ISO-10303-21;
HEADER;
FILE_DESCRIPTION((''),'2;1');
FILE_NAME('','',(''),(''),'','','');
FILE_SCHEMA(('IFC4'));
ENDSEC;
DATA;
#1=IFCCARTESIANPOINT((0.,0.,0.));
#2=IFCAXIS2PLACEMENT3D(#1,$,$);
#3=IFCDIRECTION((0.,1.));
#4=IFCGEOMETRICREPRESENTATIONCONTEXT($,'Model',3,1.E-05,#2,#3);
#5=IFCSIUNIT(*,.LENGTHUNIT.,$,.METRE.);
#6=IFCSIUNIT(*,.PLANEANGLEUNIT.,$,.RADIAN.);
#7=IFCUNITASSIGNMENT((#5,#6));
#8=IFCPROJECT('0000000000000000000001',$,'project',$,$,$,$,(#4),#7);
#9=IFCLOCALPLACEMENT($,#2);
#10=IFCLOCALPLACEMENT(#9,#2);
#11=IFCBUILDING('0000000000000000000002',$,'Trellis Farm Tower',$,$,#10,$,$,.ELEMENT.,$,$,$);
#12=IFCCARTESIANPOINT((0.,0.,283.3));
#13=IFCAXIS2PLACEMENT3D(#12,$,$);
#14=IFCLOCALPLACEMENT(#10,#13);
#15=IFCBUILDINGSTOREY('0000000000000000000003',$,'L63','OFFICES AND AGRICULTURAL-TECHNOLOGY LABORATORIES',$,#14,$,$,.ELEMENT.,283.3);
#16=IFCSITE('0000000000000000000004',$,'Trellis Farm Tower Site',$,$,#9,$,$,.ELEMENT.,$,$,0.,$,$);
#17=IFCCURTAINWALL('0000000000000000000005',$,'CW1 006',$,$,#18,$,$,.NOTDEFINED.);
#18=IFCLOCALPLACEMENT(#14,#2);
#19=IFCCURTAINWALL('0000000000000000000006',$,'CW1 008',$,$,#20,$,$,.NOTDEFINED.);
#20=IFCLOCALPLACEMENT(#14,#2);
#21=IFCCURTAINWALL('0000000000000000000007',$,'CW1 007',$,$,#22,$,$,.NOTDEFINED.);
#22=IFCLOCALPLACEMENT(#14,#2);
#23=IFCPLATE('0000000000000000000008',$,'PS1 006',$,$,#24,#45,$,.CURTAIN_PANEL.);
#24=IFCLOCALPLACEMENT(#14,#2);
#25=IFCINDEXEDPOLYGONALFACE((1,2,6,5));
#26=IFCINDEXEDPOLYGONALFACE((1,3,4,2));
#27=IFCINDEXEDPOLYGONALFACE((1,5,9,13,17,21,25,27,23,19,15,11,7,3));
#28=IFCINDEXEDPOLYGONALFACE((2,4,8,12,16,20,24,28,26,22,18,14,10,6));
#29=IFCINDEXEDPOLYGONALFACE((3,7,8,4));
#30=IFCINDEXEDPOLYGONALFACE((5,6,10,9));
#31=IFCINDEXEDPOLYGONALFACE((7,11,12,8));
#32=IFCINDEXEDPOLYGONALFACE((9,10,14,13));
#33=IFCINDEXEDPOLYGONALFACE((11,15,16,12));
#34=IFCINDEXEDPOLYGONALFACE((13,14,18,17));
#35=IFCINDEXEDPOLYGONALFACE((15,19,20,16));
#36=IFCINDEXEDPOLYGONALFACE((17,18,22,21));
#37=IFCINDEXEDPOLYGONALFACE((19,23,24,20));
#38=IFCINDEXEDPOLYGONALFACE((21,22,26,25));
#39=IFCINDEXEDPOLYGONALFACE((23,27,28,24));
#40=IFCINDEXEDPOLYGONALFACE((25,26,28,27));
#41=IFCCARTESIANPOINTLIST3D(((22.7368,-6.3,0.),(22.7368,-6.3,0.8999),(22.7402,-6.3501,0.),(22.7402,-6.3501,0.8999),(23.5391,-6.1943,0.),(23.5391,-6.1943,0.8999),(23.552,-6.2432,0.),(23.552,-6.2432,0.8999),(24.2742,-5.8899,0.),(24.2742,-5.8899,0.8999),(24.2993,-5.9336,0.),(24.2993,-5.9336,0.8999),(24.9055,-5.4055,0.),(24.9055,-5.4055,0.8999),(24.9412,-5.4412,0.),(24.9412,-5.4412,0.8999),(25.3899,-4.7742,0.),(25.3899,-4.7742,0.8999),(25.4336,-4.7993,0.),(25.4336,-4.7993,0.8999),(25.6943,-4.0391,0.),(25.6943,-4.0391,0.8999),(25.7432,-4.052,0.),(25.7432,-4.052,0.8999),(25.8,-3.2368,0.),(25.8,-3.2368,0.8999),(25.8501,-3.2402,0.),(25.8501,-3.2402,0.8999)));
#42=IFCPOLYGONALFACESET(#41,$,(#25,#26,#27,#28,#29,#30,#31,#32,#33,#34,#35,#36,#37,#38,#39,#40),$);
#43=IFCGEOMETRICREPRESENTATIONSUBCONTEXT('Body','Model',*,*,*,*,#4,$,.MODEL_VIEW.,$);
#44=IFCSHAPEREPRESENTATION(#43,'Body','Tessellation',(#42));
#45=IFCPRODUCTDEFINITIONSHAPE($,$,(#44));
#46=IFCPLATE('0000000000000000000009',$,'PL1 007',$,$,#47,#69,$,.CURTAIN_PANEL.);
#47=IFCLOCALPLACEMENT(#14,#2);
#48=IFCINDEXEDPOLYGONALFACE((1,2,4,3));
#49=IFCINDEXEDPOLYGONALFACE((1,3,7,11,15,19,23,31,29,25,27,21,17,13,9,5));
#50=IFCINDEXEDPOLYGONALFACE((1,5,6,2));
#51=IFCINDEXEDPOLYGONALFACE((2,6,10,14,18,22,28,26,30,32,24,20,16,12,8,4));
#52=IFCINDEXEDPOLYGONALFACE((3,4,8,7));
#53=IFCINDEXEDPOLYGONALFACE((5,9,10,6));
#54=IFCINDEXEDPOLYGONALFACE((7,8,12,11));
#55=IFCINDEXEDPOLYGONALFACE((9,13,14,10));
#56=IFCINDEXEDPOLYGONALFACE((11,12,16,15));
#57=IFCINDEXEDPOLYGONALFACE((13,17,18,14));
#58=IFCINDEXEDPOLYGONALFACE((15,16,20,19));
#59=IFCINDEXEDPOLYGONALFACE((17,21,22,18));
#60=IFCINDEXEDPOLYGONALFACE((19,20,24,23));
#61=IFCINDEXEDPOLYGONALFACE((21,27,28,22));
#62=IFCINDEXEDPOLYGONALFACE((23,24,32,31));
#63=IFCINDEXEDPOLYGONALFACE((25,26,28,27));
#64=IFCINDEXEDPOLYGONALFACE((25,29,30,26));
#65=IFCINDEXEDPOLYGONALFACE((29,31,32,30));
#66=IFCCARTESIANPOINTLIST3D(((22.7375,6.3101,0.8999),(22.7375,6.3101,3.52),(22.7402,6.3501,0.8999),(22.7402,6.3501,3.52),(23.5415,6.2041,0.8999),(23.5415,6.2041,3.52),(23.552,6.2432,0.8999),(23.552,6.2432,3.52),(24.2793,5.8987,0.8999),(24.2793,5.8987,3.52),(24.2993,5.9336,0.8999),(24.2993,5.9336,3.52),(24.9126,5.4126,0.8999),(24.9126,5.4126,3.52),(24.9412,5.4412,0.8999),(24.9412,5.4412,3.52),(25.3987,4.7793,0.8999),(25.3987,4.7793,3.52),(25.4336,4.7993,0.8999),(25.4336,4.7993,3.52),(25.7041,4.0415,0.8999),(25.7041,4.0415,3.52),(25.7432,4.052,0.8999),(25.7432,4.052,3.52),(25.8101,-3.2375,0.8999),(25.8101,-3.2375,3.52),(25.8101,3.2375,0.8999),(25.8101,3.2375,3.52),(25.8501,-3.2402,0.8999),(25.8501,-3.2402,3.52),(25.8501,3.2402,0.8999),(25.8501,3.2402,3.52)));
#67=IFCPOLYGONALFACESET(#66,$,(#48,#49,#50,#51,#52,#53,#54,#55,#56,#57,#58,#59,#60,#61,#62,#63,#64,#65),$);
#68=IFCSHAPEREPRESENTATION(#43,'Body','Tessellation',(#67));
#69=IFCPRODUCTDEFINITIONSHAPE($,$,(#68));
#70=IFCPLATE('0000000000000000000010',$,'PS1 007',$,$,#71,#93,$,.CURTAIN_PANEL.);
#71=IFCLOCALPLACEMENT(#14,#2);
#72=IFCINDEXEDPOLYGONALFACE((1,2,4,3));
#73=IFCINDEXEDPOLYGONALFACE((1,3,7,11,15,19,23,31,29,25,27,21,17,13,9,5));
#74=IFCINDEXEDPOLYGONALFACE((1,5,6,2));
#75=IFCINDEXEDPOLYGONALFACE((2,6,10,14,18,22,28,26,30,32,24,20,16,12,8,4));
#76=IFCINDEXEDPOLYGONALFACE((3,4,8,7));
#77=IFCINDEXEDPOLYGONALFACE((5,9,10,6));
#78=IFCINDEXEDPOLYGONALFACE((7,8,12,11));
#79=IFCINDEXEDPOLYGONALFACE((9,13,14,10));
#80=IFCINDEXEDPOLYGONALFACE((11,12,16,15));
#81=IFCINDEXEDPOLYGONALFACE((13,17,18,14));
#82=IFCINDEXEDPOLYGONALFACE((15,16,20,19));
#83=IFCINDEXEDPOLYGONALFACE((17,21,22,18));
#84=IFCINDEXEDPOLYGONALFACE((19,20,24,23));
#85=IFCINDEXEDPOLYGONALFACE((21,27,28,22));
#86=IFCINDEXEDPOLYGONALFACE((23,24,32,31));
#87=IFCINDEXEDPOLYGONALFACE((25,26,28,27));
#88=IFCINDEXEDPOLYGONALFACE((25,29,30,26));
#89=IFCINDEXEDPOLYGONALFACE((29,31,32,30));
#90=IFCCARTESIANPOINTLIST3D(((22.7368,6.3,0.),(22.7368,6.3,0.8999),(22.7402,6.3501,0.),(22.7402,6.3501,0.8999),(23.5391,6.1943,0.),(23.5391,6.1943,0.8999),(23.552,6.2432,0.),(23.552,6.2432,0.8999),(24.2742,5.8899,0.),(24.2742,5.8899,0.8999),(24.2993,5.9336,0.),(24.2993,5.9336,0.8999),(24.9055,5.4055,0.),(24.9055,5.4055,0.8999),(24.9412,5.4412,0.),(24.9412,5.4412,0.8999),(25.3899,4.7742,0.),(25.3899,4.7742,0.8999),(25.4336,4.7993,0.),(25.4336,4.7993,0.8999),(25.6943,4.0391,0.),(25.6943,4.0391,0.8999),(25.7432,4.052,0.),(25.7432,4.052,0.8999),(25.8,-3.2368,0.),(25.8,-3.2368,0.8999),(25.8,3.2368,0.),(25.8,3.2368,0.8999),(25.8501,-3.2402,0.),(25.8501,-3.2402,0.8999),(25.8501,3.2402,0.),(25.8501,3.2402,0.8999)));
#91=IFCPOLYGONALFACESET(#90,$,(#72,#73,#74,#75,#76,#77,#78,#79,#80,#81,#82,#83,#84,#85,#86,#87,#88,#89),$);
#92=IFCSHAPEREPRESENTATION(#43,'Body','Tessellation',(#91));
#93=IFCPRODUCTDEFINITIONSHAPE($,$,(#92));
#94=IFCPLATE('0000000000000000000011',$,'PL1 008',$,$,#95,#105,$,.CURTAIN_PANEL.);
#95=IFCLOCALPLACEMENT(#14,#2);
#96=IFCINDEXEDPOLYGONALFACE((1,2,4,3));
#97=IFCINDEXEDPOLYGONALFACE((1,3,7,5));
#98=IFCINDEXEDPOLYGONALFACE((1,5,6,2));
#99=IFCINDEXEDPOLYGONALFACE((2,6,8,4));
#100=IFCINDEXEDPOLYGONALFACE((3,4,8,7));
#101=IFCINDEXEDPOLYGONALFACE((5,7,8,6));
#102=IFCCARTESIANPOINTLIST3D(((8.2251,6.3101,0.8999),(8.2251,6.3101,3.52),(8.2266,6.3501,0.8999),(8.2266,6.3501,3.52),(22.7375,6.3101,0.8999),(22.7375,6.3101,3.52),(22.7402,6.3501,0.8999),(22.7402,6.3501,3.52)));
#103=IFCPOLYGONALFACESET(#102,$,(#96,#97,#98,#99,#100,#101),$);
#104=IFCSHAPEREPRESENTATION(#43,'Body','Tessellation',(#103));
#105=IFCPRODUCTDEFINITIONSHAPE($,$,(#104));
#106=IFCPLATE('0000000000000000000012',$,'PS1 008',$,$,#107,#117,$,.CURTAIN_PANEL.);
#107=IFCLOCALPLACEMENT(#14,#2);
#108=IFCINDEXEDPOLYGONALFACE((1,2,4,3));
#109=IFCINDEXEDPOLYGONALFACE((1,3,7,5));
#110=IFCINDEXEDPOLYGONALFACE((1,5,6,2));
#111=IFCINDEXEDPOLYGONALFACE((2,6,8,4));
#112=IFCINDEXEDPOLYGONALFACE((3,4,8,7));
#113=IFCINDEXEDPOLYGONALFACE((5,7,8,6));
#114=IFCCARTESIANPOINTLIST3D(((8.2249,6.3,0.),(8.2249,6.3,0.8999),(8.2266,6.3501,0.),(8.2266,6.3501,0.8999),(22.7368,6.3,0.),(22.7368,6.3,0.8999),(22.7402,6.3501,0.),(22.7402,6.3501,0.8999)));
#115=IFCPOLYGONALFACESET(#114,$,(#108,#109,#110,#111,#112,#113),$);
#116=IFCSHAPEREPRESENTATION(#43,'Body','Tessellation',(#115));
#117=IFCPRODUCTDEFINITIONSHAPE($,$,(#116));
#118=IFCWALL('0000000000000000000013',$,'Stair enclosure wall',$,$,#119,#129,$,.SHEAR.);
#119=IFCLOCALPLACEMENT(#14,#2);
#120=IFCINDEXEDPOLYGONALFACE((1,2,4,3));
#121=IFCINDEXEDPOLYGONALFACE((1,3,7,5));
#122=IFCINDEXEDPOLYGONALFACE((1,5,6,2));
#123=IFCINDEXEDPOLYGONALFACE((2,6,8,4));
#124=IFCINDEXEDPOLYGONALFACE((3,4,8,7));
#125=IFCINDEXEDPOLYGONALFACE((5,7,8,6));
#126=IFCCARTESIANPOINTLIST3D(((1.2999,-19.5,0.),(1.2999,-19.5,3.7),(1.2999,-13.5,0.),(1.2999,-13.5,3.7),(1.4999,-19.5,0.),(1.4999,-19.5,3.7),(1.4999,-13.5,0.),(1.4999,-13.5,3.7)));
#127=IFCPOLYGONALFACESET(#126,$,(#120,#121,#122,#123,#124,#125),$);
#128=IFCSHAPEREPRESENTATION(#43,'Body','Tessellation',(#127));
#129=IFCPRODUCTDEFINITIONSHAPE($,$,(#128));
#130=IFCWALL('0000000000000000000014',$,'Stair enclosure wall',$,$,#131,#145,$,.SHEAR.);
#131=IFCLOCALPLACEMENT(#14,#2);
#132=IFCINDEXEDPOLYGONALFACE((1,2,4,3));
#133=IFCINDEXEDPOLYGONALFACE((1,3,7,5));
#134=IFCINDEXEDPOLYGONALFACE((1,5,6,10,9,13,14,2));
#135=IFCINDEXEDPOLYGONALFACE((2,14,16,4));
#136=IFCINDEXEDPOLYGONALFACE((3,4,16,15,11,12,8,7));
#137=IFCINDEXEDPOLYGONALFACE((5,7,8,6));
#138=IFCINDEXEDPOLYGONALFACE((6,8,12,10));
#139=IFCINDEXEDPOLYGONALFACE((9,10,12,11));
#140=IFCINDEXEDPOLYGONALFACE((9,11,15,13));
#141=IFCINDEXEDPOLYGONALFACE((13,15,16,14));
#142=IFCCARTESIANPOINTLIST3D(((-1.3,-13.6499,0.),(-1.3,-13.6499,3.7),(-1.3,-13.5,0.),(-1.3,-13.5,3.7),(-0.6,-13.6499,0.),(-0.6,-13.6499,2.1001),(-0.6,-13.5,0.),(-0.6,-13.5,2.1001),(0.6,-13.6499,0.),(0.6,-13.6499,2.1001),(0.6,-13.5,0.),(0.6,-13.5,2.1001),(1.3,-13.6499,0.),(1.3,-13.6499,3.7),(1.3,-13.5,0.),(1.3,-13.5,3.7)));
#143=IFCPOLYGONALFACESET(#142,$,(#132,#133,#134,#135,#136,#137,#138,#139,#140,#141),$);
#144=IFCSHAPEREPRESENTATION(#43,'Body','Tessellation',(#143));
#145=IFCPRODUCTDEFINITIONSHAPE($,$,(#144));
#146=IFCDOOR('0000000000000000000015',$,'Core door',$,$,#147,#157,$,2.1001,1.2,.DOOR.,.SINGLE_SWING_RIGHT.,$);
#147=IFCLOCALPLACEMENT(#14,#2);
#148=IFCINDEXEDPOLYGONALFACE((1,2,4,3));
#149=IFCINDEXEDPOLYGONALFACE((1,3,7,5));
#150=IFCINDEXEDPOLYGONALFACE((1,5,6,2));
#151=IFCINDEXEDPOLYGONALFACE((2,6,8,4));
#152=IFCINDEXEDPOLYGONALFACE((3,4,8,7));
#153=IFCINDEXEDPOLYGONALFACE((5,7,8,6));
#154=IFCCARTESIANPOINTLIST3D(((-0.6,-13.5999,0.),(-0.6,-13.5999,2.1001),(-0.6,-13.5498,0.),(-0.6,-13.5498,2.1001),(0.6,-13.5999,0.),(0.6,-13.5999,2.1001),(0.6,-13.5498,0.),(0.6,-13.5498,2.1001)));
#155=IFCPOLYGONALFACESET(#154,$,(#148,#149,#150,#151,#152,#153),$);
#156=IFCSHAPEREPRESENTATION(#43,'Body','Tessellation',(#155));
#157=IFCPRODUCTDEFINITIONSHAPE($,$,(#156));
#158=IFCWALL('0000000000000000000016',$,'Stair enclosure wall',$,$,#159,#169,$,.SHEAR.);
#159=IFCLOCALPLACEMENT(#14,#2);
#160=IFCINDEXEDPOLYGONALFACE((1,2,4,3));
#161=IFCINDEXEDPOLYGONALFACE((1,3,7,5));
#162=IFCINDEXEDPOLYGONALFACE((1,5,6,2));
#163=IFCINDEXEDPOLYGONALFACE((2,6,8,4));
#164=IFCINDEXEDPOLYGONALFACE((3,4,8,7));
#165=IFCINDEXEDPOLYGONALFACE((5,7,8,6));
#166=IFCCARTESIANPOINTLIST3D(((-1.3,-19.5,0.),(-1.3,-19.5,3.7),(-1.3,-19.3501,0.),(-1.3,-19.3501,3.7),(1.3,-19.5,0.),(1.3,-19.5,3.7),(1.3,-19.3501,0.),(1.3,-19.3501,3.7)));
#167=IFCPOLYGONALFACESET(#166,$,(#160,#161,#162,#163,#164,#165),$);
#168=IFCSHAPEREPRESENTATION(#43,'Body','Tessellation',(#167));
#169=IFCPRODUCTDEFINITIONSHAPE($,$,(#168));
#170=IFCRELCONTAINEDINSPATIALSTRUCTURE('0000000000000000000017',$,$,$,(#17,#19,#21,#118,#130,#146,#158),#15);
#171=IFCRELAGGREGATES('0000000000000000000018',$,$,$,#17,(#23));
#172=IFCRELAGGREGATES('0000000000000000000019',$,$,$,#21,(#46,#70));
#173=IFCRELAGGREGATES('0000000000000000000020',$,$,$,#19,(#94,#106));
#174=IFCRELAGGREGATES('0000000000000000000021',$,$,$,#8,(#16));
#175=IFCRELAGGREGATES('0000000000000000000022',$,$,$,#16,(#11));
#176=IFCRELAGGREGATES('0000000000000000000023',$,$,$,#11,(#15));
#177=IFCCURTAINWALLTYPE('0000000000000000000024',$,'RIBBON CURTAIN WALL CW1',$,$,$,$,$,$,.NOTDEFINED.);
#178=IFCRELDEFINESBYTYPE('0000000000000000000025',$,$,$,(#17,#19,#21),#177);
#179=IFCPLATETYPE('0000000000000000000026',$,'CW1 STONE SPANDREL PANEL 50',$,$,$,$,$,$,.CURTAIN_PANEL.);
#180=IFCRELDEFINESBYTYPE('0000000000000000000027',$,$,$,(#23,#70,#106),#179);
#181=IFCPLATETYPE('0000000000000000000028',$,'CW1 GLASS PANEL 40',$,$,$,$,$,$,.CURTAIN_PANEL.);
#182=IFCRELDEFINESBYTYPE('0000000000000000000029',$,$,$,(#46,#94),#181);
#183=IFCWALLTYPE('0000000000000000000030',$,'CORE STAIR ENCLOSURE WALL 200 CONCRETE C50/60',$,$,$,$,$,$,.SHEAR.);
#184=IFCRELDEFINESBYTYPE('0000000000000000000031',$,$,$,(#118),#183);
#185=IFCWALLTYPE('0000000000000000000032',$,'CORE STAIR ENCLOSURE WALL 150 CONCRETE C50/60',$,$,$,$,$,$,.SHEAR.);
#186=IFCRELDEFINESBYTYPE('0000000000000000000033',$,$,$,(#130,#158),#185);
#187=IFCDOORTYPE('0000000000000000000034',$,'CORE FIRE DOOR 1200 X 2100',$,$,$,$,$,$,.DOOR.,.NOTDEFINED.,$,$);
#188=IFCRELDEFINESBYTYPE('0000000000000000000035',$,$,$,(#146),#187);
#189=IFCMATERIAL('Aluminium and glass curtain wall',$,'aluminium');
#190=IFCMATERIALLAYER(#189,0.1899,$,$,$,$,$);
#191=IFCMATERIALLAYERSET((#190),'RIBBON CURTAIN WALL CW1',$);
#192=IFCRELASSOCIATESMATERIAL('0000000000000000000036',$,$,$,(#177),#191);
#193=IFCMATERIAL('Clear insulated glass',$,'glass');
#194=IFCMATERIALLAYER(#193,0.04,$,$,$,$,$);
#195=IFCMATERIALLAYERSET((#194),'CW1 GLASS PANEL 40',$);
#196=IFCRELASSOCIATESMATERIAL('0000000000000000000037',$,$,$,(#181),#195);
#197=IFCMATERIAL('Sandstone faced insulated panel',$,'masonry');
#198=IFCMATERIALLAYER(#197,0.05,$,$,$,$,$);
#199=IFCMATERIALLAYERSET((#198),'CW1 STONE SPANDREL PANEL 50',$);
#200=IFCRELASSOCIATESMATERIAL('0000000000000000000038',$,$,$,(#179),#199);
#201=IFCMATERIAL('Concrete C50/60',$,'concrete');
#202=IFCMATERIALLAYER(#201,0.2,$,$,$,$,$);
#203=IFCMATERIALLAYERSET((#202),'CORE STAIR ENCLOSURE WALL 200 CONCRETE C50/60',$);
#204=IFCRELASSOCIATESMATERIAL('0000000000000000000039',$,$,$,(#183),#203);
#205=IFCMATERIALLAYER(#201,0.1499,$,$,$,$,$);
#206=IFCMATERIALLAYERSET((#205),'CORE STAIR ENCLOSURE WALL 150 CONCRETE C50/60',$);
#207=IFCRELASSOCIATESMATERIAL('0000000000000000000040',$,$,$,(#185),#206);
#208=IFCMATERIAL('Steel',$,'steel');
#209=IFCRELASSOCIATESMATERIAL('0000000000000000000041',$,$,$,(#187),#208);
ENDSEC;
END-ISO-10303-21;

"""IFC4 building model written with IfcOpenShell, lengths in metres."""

from ifc_helpers import new_model, si_unit, direction, frame, frame_2d, origin, place, context, subcontext, project, spatial, polyline, rectangle, outline, extrude, source, transform, mapped, material, layer, layer_set, type_object, element, fill, aggregate, save


model = new_model("IFC4")

# Units and contexts
model_context = context("Model", 3, precision=1e-05, world=origin(), true_north=direction((0.0, 1.0)))
body_context = subcontext(model_context, "Body", "Model", "MODEL_VIEW")
ifc_project = project(units=[si_unit("LENGTHUNIT", "METRE"), si_unit("PLANEANGLEUNIT", "RADIAN")], contexts=[model_context])

# Site, building, storey
site_placement = place(None, origin())
site = spatial("IfcSite", under=ifc_project, at=site_placement, Name="Trellis Farm Tower Site", CompositionType="ELEMENT", RefElevation=0.0)
building_placement = place(site_placement, origin())
building = spatial("IfcBuilding", under=site, at=building_placement, Name="Trellis Farm Tower", CompositionType="ELEMENT")
storey_placement = place(building_placement, frame((0.0, 0.0, 283.3)))
storey = spatial("IfcBuildingStorey", under=building, at=storey_placement, Name="L63", Description="OFFICES AND AGRICULTURAL-TECHNOLOGY LABORATORIES", CompositionType="ELEMENT", Elevation=283.3)

# Curtain walls
ifc_material_1 = material(Name="Aluminium and glass curtain wall", Category="aluminium")
placement_1 = place(storey_placement, origin())
ifc_layer_1 = layer(ifc_material_1, 0.1899)
ifc_layer_set_1 = layer_set([ifc_layer_1], Name="RIBBON CURTAIN WALL CW1")
curtain_wall_type_1 = type_object("IfcCurtainWallType", Name="RIBBON CURTAIN WALL CW1", PredefinedType="NOTDEFINED", material=ifc_layer_set_1)
curtain_wall_1 = element("IfcCurtainWall", 1, at=placement_1, inside=storey, type_object=curtain_wall_type_1, Name="CW1 006", PredefinedType="NOTDEFINED")
curtain_wall_2 = element("IfcCurtainWall", 2, at=placement_1, inside=storey, type_object=curtain_wall_type_1, Name="CW1 008", PredefinedType="NOTDEFINED")
curtain_wall_3 = element("IfcCurtainWall", 3, at=placement_1, inside=storey, type_object=curtain_wall_type_1, Name="CW1 007", PredefinedType="NOTDEFINED")

# Plates
ifc_material_2 = material(Name="Clear insulated glass", Category="glass")
ifc_layer_2 = layer(ifc_material_2, 0.04)
ifc_layer_set_2 = layer_set([ifc_layer_2], Name="CW1 GLASS PANEL 40")
plate_type_1 = type_object("IfcPlateType", Name="CW1 GLASS PANEL 40", PredefinedType="CURTAIN_PANEL", material=ifc_layer_set_2)
placement_2 = place(storey_placement, frame((0.0, 0.0, 0.8999)))
ifc_material_3 = material(Name="Sandstone faced insulated panel", Category="masonry")
ifc_layer_3 = layer(ifc_material_3, 0.05)
ifc_layer_set_3 = layer_set([ifc_layer_3], Name="CW1 STONE SPANDREL PANEL 50")
plate_type_2 = type_object("IfcPlateType", Name="CW1 STONE SPANDREL PANEL 50", PredefinedType="CURTAIN_PANEL", material=ifc_layer_set_3)
shared_shape_1 = source(origin(), body_context, "Body", "SweptSolid", [
    extrude(outline(polyline([(22.7402, -6.3501), (23.552, -6.2432), (24.2993, -5.9336), (24.9412, -5.4412), (25.4336, -4.7993), (25.7432, -4.052), (25.8501, -3.2402), (25.8, -3.2368), (25.6943, -4.0391), (25.3899, -4.7742), (24.9055, -5.4055), (24.2742, -5.8899), (23.5391, -6.1943), (22.7368, -6.3), (22.7402, -6.3501)])), origin(), (0.0, 0.0, 1.0), 0.8999),
])
plate_1 = element("IfcPlate", 4, at=placement_1, type_object=plate_type_2, Name="PS1 006", PredefinedType="CURTAIN_PANEL", context=body_context, shape_type="MappedRepresentation", body=[
    mapped(shared_shape_1, transform((0.0, 0.0, 0.0))),
])
aggregate(curtain_wall_1, [plate_1])
shared_shape_2 = source(origin(), body_context, "Body", "SweptSolid", [
    extrude(outline(polyline([(25.8501, -3.2402), (25.8501, 3.2402), (25.7432, 4.052), (25.4336, 4.7993), (24.9412, 5.4412), (24.2993, 5.9336), (23.552, 6.2432), (22.7402, 6.3501), (22.7375, 6.3101), (23.5415, 6.2041), (24.2793, 5.8987), (24.9126, 5.4126), (25.3987, 4.7793), (25.7041, 4.0415), (25.8101, 3.2375), (25.8101, -3.2375), (25.8501, -3.2402)])), origin(), (0.0, 0.0, 1.0), 2.6201),
])
plate_2 = element("IfcPlate", 5, at=placement_2, type_object=plate_type_1, Name="PL1 007", PredefinedType="CURTAIN_PANEL", context=body_context, shape_type="MappedRepresentation", body=[
    mapped(shared_shape_2, transform((0.0, 0.0, 0.0))),
])
shared_shape_3 = source(origin(), body_context, "Body", "SweptSolid", [
    extrude(outline(polyline([(25.8501, -3.2402), (25.8501, 3.2402), (25.7432, 4.052), (25.4336, 4.7993), (24.9412, 5.4412), (24.2993, 5.9336), (23.552, 6.2432), (22.7402, 6.3501), (22.7368, 6.3), (23.5391, 6.1943), (24.2742, 5.8899), (24.9055, 5.4055), (25.3899, 4.7742), (25.6943, 4.0391), (25.8, 3.2368), (25.8, -3.2368), (25.8501, -3.2402)])), origin(), (0.0, 0.0, 1.0), 0.8999),
])
plate_3 = element("IfcPlate", 6, at=placement_1, type_object=plate_type_2, Name="PS1 007", PredefinedType="CURTAIN_PANEL", context=body_context, shape_type="MappedRepresentation", body=[
    mapped(shared_shape_3, transform((0.0, 0.0, 0.0))),
])
aggregate(curtain_wall_3, [plate_2, plate_3])
shared_shape_4 = source(origin(), body_context, "Body", "SweptSolid", [
    extrude(outline(polyline([(22.7402, 6.3501), (8.2266, 6.3501), (8.2251, 6.3101), (22.7375, 6.3101), (22.7402, 6.3501)])), origin(), (0.0, 0.0, 1.0), 2.6201),
])
plate_4 = element("IfcPlate", 7, at=placement_2, type_object=plate_type_1, Name="PL1 008", PredefinedType="CURTAIN_PANEL", context=body_context, shape_type="MappedRepresentation", body=[
    mapped(shared_shape_4, transform((0.0, 0.0, 0.0))),
])
shared_shape_5 = source(origin(), body_context, "Body", "SweptSolid", [
    extrude(outline(polyline([(22.7402, 6.3501), (8.2266, 6.3501), (8.2249, 6.3), (22.7368, 6.3), (22.7402, 6.3501)])), origin(), (0.0, 0.0, 1.0), 0.8999),
])
plate_5 = element("IfcPlate", 8, at=placement_1, type_object=plate_type_2, Name="PS1 008", PredefinedType="CURTAIN_PANEL", context=body_context, shape_type="MappedRepresentation", body=[
    mapped(shared_shape_5, transform((0.0, 0.0, 0.0))),
])
aggregate(curtain_wall_2, [plate_4, plate_5])

# Wall
ifc_material_4 = material(Name="Concrete C50/60", Category="concrete")
ifc_layer_4 = layer(ifc_material_4, 0.2)
ifc_layer_set_4 = layer_set([ifc_layer_4], Name="CORE STAIR ENCLOSURE WALL 200 CONCRETE C50/60")
wall_type_1 = type_object("IfcWallType", Name="CORE STAIR ENCLOSURE WALL 200 CONCRETE C50/60", PredefinedType="SHEAR", material=ifc_layer_set_4)
shared_shape_6 = source(origin(), body_context, "Body", "SweptSolid", [
    extrude(rectangle(XDim=6.0, YDim=0.2, at=frame_2d((3.0, 0.0))), origin(), (0.0, 0.0, 1.0), 3.7),
])
wall_1_placement = place(storey_placement, frame((1.3999, -13.5, 0.0), z_axis=(0.0, 0.0, 1.0), x_axis=(0.0, -1.0, 0.0)))
element("IfcWall", 9, at=wall_1_placement, inside=storey, type_object=wall_type_1, Name="Stair enclosure wall", PredefinedType="SHEAR", context=body_context, shape_type="MappedRepresentation", body=[
    mapped(shared_shape_6, transform((0.0, 0.0, 0.0))),
])

# Wall, opening, door
ifc_layer_5 = layer(ifc_material_4, 0.1499)
ifc_layer_set_5 = layer_set([ifc_layer_5], Name="CORE STAIR ENCLOSURE WALL 150 CONCRETE C50/60")
wall_type_2 = type_object("IfcWallType", Name="CORE STAIR ENCLOSURE WALL 150 CONCRETE C50/60", PredefinedType="SHEAR", material=ifc_layer_set_5)
shared_shape_7 = source(origin(), body_context, "Body", "SweptSolid", [
    extrude(rectangle(XDim=2.6001, YDim=0.1499, at=frame_2d((1.3, 0.0))), origin(), (0.0, 0.0, 1.0), 3.7),
])
wall_2_placement = place(storey_placement, frame((1.3, -13.575, 0.0), z_axis=(0.0, 0.0, 1.0), x_axis=(-1.0, 0.0, 0.0)))
wall_2 = element("IfcWall", 10, at=wall_2_placement, inside=storey, type_object=wall_type_2, Name="Stair enclosure wall", PredefinedType="SHEAR", context=body_context, shape_type="MappedRepresentation", body=[
    mapped(shared_shape_7, transform((0.0, 0.0, 0.0))),
])
shared_shape_8 = source(origin(), body_context, "Body", "SweptSolid", [
    extrude(rectangle(XDim=1.2, YDim=2.1001, at=frame_2d((0.6001, 1.05))), frame((0.0, 0.085, 0.0), z_axis=(0.0, -1.0, 0.0), x_axis=(1.0, 0.0, 0.0)), (0.0, 0.0, 1.0), 0.1699),
])
opening_1_placement = place(wall_2_placement, frame((0.7, 0.0, 0.0)))
opening_1 = element("IfcOpeningElement", 11, at=opening_1_placement, cuts=wall_2, PredefinedType="OPENING", context=body_context, shape_type="MappedRepresentation", body=[
    mapped(shared_shape_8, transform((0.0, 0.0, 0.0))),
])
ifc_material_5 = material(Name="Steel", Category="steel")
door_type_1 = type_object("IfcDoorType", Name="CORE FIRE DOOR 1200 X 2100", OperationType="NOTDEFINED", PredefinedType="DOOR", material=ifc_material_5)
shared_shape_9 = source(origin(), body_context, "Body", "SweptSolid", [
    extrude(rectangle(XDim=1.2, YDim=2.1001, at=frame_2d((0.6001, 1.05))), frame((0.0, 0.0249, 0.0), z_axis=(0.0, -1.0, 0.0), x_axis=(1.0, 0.0, 0.0)), (0.0, 0.0, 1.0), 0.05),
])
door_1_placement = place(opening_1_placement, origin())
door_1 = element("IfcDoor", 12, at=door_1_placement, inside=storey, type_object=door_type_1, Name="Core door", OperationType="SINGLE_SWING_RIGHT", OverallHeight=2.1001, OverallWidth=1.2, PredefinedType="DOOR", context=body_context, shape_type="MappedRepresentation", body=[
    mapped(shared_shape_9, transform((0.0, 0.0, 0.0))),
])
fill(opening_1, door_1)

# Wall
wall_3_placement = place(storey_placement, frame((1.3, -19.425, 0.0), z_axis=(0.0, 0.0, 1.0), x_axis=(-1.0, 0.0, 0.0)))
element("IfcWall", 13, at=wall_3_placement, inside=storey, type_object=wall_type_2, Name="Stair enclosure wall", PredefinedType="SHEAR", context=body_context, shape_type="MappedRepresentation", body=[
    mapped(shared_shape_7, transform((0.0, 0.0, 0.0))),
])

save(model, "model.ifc")
